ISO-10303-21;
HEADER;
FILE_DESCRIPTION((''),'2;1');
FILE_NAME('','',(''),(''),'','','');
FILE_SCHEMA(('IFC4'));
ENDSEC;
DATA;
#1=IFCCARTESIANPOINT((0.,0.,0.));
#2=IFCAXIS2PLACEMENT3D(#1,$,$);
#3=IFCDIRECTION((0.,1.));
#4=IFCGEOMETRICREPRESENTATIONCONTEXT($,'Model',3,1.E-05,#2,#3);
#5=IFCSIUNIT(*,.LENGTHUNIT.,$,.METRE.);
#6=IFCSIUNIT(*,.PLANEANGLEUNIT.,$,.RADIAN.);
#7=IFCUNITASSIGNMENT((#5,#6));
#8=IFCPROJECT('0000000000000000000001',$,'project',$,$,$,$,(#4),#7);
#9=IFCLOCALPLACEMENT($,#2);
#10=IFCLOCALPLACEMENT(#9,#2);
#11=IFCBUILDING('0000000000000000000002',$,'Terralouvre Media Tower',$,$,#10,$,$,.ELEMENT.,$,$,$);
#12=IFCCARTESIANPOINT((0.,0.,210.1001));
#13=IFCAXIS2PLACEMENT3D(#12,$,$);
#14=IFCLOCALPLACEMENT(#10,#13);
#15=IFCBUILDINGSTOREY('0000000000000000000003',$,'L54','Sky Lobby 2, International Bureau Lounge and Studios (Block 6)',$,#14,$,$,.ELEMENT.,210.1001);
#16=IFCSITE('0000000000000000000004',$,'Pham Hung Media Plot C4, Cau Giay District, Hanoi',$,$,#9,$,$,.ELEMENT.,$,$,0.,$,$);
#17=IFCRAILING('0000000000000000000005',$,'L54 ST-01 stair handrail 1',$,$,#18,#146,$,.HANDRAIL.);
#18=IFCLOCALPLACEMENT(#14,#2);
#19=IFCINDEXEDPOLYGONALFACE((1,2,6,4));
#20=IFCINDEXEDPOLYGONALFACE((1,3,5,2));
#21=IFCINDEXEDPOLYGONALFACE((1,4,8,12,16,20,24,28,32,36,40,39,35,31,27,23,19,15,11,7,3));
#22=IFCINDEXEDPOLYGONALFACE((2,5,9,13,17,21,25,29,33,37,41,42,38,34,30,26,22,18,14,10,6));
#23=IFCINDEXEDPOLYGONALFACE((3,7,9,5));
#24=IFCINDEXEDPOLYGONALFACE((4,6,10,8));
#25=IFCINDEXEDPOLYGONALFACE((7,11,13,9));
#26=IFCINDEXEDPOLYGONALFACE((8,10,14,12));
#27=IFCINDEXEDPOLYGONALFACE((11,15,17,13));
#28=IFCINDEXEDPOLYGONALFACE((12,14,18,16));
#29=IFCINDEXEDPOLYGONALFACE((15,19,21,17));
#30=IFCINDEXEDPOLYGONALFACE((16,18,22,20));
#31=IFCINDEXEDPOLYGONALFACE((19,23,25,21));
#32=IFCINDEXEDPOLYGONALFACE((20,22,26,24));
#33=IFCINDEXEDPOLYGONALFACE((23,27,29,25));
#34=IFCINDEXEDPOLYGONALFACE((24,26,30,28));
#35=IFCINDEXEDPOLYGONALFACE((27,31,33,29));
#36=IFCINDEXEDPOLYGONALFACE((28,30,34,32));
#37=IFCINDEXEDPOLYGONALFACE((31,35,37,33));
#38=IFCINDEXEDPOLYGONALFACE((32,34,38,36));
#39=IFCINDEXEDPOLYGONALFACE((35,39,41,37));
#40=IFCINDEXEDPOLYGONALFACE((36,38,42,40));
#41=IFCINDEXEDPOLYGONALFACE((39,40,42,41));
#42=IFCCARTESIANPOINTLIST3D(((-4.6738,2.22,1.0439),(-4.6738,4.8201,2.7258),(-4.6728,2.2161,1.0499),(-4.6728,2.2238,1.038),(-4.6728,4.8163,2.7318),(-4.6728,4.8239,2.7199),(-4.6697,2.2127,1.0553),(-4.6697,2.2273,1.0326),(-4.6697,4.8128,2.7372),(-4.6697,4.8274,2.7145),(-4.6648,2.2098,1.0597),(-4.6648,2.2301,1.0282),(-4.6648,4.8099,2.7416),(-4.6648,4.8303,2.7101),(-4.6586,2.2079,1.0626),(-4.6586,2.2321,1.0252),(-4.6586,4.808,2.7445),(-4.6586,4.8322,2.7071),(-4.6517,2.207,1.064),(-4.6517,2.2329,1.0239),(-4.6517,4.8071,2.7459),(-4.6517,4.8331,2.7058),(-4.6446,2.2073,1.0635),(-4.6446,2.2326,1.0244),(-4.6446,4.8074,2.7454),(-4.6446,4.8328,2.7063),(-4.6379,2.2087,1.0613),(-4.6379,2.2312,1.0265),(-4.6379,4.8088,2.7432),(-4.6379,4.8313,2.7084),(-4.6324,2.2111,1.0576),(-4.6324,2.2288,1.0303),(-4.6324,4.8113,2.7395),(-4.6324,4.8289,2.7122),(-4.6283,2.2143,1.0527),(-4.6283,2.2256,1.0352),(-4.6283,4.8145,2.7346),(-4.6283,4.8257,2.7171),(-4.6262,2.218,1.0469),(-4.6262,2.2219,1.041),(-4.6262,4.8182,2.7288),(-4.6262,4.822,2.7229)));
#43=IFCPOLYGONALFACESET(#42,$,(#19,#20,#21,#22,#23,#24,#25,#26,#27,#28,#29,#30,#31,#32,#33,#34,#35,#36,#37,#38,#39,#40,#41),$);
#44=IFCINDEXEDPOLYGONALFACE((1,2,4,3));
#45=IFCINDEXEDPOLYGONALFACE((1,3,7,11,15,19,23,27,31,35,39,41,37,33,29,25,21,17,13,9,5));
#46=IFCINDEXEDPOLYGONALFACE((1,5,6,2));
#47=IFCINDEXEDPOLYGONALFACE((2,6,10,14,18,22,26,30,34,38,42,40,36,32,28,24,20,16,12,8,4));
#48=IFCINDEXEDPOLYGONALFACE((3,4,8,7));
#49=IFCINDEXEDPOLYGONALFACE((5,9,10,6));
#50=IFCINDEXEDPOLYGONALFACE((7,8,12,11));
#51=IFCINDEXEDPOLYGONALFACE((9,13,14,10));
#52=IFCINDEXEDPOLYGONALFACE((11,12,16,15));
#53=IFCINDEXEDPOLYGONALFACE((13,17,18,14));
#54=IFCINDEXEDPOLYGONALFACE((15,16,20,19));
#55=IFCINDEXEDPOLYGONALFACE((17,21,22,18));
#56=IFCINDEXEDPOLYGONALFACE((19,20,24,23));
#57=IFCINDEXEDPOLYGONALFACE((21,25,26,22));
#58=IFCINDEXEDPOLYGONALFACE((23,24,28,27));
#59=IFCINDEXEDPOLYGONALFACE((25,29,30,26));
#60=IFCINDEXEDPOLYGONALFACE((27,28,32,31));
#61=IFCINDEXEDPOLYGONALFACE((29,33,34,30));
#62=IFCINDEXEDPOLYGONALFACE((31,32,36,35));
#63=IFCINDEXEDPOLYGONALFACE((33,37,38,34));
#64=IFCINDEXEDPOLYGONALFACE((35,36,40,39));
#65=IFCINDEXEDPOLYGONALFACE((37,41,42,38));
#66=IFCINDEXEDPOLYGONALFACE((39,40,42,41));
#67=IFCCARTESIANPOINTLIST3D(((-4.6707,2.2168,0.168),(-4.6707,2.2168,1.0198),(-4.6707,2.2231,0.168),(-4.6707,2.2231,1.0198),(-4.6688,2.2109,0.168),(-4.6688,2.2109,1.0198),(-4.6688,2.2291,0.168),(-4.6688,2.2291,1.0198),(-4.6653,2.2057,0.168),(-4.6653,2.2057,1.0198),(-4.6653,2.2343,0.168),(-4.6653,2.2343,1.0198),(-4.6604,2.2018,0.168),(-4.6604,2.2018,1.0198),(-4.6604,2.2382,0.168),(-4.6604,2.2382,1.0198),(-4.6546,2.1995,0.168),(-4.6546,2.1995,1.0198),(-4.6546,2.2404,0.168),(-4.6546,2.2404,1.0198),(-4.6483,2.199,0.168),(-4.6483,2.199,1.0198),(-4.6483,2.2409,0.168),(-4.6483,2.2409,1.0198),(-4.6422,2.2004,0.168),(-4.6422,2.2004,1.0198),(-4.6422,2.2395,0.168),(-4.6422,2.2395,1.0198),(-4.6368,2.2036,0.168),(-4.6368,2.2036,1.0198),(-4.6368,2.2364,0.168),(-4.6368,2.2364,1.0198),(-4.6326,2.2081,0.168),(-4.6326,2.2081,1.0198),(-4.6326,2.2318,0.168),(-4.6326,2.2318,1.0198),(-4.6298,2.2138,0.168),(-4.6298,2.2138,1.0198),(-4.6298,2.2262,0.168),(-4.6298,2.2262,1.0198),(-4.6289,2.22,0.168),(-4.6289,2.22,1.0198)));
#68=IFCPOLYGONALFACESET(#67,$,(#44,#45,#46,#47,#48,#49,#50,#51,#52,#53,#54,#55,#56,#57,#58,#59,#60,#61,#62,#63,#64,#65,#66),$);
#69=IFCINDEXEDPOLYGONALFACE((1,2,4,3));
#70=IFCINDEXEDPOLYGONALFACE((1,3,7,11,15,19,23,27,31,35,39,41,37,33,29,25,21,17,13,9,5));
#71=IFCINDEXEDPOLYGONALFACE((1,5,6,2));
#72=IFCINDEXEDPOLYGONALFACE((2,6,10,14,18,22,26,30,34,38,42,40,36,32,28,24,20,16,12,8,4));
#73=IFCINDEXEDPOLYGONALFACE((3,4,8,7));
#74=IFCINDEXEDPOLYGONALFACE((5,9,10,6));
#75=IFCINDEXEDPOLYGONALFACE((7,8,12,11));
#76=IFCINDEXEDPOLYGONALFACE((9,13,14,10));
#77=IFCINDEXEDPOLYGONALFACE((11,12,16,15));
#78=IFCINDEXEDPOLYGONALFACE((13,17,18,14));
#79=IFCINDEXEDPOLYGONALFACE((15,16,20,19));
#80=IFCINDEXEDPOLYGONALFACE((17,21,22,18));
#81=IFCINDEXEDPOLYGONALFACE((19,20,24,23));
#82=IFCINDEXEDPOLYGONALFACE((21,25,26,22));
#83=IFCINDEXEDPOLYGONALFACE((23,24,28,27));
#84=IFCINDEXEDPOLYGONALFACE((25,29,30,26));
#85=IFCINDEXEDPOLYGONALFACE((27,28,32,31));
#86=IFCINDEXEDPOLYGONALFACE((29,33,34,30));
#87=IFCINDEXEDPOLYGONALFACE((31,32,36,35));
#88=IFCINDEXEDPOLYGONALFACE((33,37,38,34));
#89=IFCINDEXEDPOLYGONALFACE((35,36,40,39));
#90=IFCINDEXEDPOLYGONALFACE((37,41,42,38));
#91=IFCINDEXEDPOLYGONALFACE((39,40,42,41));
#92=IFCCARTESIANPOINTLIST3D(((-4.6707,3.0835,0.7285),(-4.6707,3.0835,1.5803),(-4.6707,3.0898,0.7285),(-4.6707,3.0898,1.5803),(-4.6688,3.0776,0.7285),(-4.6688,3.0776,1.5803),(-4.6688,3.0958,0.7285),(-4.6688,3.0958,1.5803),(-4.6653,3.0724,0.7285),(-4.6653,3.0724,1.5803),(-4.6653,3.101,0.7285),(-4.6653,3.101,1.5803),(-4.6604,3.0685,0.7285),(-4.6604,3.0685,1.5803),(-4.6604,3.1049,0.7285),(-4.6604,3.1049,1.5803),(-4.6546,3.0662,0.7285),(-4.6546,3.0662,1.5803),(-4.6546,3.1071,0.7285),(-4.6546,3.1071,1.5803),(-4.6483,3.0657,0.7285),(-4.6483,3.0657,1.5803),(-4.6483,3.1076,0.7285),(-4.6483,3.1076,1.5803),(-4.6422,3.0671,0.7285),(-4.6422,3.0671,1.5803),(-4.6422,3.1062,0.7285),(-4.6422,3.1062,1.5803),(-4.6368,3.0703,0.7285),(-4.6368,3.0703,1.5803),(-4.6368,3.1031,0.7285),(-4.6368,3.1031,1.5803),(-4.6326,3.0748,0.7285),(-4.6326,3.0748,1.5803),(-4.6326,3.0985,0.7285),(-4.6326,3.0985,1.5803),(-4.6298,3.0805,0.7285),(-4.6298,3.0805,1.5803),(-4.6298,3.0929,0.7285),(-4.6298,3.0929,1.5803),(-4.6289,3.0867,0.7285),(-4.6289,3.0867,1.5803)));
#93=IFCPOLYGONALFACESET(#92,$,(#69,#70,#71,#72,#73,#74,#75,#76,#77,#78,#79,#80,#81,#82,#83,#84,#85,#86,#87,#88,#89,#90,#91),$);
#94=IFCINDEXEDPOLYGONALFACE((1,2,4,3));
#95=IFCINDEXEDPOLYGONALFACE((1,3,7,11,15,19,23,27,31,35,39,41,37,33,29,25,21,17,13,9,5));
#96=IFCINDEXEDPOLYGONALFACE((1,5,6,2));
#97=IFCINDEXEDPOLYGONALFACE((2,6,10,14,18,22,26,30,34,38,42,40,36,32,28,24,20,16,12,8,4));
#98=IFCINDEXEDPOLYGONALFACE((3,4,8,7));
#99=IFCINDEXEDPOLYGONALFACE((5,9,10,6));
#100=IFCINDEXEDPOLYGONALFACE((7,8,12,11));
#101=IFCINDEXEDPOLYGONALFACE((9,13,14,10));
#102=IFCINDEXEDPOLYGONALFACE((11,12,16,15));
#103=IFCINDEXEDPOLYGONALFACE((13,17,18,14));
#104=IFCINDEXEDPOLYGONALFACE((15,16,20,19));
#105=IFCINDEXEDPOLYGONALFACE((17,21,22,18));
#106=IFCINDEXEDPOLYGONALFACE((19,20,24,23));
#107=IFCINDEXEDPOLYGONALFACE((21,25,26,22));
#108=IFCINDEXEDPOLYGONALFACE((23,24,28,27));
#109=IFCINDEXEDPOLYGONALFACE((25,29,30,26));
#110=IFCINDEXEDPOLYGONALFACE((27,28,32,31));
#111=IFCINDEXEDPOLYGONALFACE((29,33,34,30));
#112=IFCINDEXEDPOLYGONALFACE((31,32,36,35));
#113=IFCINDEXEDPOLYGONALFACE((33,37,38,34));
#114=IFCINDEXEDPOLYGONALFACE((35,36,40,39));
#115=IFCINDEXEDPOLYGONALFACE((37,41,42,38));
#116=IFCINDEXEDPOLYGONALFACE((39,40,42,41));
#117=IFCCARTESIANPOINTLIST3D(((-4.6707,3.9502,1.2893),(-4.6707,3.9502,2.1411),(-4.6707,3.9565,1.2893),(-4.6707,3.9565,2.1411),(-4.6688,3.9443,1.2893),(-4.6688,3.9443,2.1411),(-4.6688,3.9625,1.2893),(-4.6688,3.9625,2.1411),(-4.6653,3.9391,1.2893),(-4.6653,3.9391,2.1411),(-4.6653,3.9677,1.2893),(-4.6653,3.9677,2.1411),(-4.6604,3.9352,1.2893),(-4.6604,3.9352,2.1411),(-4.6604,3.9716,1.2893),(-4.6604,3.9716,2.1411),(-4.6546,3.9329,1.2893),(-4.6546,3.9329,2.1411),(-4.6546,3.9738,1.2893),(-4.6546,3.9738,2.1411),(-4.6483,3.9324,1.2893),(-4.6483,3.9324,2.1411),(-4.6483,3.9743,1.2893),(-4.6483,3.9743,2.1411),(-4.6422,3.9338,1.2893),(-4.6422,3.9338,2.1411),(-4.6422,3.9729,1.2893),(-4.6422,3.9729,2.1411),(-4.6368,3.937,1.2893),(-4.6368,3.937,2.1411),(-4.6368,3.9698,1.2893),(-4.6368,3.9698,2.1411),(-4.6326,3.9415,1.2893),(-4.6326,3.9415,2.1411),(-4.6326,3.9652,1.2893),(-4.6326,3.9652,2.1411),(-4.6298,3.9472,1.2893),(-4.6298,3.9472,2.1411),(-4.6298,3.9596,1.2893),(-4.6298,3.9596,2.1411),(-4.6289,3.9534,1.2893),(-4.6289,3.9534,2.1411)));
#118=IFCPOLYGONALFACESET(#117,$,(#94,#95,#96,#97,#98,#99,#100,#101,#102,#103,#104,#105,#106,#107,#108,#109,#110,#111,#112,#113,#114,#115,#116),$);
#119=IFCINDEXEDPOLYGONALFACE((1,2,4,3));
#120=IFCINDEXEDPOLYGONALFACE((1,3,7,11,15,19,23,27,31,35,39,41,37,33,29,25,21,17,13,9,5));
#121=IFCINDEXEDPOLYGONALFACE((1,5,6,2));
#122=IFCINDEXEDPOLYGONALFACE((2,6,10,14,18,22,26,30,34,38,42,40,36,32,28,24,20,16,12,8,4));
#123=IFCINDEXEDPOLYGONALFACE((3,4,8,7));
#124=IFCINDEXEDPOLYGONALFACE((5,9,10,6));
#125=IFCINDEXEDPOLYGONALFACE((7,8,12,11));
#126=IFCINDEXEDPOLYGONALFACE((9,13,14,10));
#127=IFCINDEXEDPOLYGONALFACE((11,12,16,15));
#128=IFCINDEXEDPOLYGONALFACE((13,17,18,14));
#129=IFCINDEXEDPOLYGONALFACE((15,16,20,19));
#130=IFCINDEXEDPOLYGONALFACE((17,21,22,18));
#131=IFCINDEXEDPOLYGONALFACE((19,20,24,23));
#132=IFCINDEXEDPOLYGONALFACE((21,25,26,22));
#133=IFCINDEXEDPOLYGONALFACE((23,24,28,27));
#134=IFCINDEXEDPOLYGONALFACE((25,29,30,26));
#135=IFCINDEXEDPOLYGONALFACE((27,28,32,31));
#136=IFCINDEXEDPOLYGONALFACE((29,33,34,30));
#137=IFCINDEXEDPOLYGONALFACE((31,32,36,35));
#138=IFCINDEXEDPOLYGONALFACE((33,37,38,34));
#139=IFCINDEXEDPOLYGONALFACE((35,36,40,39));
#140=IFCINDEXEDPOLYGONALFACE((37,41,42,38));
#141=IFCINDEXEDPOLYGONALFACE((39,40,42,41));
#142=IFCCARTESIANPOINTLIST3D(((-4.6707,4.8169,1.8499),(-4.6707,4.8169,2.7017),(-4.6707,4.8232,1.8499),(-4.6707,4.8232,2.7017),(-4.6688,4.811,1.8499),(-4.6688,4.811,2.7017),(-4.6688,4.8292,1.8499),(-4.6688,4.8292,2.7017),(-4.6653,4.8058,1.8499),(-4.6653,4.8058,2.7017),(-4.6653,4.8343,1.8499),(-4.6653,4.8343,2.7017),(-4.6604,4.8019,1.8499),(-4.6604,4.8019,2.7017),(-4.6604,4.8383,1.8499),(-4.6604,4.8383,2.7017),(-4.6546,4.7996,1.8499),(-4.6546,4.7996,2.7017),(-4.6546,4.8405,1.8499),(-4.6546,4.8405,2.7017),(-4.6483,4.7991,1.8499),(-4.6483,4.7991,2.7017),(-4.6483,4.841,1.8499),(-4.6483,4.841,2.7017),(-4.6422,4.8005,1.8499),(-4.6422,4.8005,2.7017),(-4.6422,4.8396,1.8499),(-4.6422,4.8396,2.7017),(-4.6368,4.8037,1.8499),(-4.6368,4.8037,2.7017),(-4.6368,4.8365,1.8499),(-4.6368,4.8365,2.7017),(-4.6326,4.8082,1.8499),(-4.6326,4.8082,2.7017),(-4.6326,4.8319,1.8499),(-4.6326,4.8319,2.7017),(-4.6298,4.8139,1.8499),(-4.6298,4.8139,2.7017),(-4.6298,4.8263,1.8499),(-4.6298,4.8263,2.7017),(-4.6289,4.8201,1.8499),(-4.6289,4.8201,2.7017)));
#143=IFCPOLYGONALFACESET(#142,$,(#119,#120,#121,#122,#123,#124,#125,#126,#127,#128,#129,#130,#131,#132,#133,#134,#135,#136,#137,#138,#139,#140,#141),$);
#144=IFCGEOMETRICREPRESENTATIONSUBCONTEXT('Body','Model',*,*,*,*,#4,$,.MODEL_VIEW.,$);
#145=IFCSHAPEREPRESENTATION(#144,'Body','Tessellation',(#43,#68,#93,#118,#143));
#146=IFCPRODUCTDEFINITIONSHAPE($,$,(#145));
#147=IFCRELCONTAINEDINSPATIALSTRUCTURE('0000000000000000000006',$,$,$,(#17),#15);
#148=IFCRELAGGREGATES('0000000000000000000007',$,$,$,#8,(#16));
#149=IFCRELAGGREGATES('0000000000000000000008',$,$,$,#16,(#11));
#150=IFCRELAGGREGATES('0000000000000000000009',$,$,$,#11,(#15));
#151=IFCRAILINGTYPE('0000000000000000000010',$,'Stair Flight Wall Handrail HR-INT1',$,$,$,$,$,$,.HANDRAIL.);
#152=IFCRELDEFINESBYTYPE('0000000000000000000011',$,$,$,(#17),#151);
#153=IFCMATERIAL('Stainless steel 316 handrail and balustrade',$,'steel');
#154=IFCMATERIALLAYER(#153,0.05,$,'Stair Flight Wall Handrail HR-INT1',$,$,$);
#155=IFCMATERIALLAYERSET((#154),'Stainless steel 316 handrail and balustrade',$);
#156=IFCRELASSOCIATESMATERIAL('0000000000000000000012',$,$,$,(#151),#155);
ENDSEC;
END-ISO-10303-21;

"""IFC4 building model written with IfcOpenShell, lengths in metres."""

from ifc_helpers import new_model, si_unit, direction, frame, origin, origin_2d, place, context, subcontext, project, spatial, circle, extrude, material, layer, layer_set, type_object, element, save


model = new_model("IFC4")

# Units and contexts
model_context = context("Model", 3, precision=1e-05, world=origin(), true_north=direction((0.0, 1.0)))
body_context = subcontext(model_context, "Body", "Model", "MODEL_VIEW")
ifc_project = project(units=[si_unit("LENGTHUNIT", "METRE"), si_unit("PLANEANGLEUNIT", "RADIAN")], contexts=[model_context])

# Site, building, storey
site_placement = place(None, origin())
site = spatial("IfcSite", under=ifc_project, at=site_placement, Name="Pham Hung Media Plot C4, Cau Giay District, Hanoi", CompositionType="ELEMENT", RefElevation=0.0)
building_placement = place(site_placement, origin())
building = spatial("IfcBuilding", under=site, at=building_placement, Name="Terralouvre Media Tower", CompositionType="ELEMENT")
storey_placement = place(building_placement, frame((0.0, 0.0, 210.1001)))
storey = spatial("IfcBuildingStorey", under=building, at=storey_placement, Name="L54", Description="Sky Lobby 2, International Bureau Lounge and Studios (Block 6)", CompositionType="ELEMENT", Elevation=210.1001)

# Railing
ifc_material_1 = material(Name="Stainless steel 316 handrail and balustrade", Category="steel")
ifc_layer_1 = layer(ifc_material_1, 0.05, Name="Stair Flight Wall Handrail HR-INT1")
ifc_layer_set_1 = layer_set([ifc_layer_1], Name="Stainless steel 316 handrail and balustrade")
railing_type_1 = type_object("IfcRailingType", Name="Stair Flight Wall Handrail HR-INT1", PredefinedType="HANDRAIL", material=ifc_layer_set_1)
railing_1_placement = place(storey_placement, frame((-4.6499, 2.22, 0.168)))
element("IfcRailing", 1, at=railing_1_placement, inside=storey, type_object=railing_type_1, Name="L54 ST-01 stair handrail 1", PredefinedType="HANDRAIL", context=body_context, shape_type="SweptSolid", body=[
    extrude(circle(Radius=0.0239, at=origin_2d()), frame((0.0, 0.0, 0.876), z_axis=(0.0, 0.839648, 0.54313), x_axis=(-1.0, 0.0, 0.0)), (0.0, 0.0, 1.0), 3.0967),
    extrude(circle(Radius=0.021, at=origin_2d()), origin(), (0.0, 0.0, 1.0), 0.8518),
    extrude(circle(Radius=0.021, at=origin_2d()), frame((0.0, 0.8667, 0.5605)), (0.0, 0.0, 1.0), 0.8518),
    extrude(circle(Radius=0.021, at=origin_2d()), frame((0.0, 1.7334, 1.1213)), (0.0, 0.0, 1.0), 0.8518),
    extrude(circle(Radius=0.021, at=origin_2d()), frame((0.0, 2.6001, 1.6819)), (0.0, 0.0, 1.0), 0.8518),
])

save(model, "model.ifc")
